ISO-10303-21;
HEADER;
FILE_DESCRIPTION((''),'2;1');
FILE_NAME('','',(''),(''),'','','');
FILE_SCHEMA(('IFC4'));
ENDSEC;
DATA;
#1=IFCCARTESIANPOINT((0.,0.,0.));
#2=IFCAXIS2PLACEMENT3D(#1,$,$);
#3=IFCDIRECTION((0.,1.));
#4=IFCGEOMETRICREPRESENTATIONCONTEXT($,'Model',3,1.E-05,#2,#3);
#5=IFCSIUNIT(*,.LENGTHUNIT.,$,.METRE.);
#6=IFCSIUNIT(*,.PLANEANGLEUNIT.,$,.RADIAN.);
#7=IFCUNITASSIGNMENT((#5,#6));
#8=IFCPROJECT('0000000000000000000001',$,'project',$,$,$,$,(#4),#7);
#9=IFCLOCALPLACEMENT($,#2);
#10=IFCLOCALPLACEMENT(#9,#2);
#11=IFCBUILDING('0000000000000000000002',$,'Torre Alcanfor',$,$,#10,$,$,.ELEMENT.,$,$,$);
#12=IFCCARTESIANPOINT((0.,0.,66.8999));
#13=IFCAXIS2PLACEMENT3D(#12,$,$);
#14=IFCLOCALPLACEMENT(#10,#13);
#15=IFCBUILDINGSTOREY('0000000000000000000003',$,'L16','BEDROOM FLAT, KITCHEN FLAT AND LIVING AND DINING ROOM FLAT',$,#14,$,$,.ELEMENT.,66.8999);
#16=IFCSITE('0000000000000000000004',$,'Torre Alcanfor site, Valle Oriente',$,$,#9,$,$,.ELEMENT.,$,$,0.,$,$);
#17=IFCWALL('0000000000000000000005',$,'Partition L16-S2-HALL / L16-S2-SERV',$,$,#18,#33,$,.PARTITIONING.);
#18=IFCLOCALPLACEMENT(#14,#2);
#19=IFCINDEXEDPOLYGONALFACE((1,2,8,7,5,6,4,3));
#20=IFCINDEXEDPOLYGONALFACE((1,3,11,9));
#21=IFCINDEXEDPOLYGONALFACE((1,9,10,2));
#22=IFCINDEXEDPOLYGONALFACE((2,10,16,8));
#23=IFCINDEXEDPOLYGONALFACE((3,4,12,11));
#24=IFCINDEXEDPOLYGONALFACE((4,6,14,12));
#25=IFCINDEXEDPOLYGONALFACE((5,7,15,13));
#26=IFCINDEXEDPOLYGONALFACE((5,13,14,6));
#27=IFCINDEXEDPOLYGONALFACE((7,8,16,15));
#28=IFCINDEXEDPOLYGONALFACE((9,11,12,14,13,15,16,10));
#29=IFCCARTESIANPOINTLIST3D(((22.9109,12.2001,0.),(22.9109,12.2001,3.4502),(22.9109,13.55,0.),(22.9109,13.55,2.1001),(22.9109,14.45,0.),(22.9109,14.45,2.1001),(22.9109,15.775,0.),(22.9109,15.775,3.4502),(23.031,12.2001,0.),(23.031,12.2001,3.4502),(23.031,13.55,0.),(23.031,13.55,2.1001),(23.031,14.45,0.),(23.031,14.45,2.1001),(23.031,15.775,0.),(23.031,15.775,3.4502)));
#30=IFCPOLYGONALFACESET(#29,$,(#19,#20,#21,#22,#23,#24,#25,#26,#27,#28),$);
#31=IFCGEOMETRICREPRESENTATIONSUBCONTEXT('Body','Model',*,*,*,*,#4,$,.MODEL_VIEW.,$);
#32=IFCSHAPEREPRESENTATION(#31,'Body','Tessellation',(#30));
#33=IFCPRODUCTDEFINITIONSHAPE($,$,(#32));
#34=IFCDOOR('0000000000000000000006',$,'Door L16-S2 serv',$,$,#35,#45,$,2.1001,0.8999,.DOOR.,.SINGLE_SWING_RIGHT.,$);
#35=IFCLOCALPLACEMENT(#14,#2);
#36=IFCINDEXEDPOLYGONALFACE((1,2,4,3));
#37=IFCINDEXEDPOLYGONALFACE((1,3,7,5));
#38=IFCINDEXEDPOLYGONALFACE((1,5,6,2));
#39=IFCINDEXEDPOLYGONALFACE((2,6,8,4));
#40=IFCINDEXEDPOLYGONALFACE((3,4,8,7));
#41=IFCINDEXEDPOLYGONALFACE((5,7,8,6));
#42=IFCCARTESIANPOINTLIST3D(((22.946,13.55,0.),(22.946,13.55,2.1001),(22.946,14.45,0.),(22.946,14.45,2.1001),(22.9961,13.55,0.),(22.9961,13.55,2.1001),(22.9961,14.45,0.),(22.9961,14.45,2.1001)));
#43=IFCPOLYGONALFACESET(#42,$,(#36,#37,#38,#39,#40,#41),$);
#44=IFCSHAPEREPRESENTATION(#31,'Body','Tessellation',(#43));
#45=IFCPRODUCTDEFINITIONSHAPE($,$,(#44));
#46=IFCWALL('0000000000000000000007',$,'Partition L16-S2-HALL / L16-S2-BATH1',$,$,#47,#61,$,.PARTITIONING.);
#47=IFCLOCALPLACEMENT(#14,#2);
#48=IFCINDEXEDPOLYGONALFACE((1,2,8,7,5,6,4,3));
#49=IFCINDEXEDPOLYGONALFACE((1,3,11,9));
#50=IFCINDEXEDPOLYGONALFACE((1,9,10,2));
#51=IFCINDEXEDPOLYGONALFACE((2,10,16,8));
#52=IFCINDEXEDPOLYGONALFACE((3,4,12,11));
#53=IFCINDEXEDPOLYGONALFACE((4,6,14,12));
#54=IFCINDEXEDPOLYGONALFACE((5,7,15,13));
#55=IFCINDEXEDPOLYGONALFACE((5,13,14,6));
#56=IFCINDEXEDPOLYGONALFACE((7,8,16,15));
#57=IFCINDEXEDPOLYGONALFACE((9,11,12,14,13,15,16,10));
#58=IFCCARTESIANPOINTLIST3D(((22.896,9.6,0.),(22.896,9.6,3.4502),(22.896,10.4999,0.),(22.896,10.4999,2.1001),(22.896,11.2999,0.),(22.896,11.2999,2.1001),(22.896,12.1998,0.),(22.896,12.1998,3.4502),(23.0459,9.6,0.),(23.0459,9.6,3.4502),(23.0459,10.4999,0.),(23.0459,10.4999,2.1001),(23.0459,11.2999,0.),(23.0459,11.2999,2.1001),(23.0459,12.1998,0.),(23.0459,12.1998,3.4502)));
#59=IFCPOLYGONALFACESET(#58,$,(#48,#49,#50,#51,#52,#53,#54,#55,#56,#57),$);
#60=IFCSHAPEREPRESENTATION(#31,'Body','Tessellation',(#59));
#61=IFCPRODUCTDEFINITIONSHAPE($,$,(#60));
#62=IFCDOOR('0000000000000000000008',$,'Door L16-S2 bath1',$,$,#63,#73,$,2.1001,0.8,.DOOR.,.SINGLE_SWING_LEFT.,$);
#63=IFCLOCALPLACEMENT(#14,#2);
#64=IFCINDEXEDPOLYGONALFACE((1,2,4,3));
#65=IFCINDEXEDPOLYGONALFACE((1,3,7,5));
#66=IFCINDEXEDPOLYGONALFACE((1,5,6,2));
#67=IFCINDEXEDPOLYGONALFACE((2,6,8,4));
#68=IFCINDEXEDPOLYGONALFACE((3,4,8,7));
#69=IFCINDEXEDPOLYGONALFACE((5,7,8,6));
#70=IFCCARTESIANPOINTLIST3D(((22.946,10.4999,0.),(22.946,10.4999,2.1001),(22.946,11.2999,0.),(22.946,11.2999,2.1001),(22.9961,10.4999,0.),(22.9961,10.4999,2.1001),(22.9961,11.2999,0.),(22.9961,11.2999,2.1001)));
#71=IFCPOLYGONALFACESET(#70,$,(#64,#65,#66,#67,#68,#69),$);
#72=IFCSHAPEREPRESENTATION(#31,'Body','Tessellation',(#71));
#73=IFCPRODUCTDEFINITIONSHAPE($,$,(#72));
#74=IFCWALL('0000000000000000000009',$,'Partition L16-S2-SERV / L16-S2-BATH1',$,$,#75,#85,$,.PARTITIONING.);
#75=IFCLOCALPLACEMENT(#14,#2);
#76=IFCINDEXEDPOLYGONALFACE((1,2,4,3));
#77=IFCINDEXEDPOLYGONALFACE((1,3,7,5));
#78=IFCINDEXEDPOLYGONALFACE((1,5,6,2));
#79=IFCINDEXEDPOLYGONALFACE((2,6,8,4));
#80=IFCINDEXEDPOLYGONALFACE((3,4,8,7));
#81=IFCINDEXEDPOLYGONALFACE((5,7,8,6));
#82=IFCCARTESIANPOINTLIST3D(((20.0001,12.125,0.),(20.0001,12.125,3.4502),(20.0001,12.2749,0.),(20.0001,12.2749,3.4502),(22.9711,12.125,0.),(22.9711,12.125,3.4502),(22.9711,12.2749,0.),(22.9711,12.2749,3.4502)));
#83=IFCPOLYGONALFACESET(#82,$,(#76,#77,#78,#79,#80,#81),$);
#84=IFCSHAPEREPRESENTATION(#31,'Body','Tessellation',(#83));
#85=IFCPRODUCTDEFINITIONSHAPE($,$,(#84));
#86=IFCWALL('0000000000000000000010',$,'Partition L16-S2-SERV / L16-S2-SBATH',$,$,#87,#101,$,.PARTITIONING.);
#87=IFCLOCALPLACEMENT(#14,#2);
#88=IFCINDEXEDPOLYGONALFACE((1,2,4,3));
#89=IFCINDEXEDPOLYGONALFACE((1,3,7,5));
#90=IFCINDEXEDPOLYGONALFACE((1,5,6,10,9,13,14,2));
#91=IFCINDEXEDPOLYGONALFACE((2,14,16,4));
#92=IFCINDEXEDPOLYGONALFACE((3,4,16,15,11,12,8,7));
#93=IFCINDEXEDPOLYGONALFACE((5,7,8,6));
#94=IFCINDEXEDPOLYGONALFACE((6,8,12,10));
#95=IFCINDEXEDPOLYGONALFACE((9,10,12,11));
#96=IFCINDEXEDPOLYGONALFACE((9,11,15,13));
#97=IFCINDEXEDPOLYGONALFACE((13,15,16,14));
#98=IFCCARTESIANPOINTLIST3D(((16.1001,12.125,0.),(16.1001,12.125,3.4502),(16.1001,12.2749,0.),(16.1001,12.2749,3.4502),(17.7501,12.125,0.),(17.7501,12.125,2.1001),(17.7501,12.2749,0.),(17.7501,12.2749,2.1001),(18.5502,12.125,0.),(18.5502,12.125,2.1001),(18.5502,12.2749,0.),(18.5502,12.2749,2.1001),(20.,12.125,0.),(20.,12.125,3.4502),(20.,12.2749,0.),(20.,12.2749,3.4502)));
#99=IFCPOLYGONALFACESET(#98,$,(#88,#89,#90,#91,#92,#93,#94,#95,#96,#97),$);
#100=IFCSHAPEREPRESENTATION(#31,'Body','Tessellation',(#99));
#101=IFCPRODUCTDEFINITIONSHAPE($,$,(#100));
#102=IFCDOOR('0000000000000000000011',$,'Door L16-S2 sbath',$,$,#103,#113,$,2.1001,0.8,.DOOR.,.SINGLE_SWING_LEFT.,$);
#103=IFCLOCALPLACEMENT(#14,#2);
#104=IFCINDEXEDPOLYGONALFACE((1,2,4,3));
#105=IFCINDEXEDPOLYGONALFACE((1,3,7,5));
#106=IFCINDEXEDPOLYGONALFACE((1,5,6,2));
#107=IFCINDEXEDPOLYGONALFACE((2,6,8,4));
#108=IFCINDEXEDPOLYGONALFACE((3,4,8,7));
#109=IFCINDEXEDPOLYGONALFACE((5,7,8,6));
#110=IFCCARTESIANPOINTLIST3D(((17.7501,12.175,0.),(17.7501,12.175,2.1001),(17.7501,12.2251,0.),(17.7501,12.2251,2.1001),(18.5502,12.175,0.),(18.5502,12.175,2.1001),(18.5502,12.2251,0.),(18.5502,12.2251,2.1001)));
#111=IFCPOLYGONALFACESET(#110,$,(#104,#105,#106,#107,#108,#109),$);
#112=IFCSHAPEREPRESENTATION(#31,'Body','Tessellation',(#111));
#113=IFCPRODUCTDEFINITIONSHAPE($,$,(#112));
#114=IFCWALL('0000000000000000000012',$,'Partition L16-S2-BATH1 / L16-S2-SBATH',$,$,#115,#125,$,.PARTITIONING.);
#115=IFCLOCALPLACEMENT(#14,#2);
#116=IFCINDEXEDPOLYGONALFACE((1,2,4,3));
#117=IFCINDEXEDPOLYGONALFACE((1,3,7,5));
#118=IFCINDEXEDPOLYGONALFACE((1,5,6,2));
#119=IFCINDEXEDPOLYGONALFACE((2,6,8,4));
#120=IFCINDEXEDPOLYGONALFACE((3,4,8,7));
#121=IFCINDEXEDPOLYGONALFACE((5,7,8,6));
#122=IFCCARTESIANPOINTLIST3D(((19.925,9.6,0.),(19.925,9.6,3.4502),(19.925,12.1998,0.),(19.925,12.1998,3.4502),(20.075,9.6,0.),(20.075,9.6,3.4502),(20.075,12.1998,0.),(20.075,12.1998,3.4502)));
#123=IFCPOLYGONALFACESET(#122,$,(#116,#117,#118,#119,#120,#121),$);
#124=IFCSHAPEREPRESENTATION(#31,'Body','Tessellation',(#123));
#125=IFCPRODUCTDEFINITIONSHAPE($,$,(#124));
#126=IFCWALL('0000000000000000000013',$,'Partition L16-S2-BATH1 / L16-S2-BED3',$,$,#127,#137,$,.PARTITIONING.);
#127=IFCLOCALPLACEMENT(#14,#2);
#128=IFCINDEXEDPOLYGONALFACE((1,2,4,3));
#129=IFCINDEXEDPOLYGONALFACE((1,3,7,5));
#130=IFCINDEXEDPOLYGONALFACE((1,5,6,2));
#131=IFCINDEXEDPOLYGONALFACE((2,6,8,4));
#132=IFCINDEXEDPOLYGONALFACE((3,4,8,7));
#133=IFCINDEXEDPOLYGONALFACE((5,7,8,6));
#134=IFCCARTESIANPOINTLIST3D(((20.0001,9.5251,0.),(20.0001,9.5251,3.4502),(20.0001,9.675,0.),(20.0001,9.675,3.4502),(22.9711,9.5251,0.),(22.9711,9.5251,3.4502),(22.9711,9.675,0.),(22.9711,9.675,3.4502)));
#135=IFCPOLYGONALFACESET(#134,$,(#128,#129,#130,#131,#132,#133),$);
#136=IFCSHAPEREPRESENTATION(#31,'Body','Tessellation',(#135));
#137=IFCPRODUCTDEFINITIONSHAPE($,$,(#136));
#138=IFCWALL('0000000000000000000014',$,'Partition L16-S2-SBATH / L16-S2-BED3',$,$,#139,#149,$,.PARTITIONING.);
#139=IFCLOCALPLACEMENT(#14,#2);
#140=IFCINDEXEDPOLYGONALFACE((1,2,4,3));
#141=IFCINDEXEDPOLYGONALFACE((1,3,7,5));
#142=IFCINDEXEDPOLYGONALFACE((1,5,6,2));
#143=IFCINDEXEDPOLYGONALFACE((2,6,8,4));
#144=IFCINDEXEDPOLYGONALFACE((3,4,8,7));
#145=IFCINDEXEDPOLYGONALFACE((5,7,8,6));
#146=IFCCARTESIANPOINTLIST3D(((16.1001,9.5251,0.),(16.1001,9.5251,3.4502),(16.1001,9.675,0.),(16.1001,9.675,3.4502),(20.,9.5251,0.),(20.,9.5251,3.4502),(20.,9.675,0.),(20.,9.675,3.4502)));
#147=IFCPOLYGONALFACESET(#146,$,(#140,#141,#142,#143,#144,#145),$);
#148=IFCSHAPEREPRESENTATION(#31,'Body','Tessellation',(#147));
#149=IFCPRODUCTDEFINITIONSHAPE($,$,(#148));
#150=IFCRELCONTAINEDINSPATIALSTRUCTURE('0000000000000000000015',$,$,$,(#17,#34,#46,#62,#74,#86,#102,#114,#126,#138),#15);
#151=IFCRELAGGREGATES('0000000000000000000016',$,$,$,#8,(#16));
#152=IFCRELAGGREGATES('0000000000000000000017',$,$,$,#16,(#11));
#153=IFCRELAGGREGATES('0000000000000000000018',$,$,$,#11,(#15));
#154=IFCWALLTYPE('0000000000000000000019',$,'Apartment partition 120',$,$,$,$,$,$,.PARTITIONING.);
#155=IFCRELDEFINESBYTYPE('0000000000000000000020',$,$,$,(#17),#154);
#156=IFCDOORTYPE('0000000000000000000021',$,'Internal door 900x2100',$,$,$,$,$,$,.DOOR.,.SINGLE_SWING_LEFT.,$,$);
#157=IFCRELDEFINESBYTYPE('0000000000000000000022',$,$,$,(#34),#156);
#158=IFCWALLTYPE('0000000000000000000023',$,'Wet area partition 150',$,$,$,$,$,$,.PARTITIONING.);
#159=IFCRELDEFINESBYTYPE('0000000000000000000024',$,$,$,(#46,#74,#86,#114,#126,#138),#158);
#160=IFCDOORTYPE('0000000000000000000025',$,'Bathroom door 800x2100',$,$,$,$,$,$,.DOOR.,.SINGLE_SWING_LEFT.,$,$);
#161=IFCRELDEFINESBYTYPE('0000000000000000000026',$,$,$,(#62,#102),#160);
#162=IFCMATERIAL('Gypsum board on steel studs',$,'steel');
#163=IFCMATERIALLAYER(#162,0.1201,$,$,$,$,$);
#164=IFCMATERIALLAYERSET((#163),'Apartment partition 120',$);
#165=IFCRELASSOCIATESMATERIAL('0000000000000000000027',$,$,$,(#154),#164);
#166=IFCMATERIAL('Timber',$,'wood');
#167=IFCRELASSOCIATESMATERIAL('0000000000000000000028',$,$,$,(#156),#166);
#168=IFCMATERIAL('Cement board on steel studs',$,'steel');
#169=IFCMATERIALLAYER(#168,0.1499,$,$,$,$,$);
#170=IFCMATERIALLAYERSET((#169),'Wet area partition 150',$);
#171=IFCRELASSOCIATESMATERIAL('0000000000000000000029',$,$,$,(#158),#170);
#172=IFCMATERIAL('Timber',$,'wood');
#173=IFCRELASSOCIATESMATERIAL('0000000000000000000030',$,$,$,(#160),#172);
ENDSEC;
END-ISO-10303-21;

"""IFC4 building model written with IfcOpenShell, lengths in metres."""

from ifc_helpers import new_model, si_unit, direction, frame, frame_2d, origin, place, context, subcontext, project, spatial, rectangle, extrude, material, layer, layer_set, type_object, element, fill, save


model = new_model("IFC4")

# Units and contexts
model_context = context("Model", 3, precision=1e-05, world=origin(), true_north=direction((0.0, 1.0)))
body_context = subcontext(model_context, "Body", "Model", "MODEL_VIEW")
ifc_project = project(units=[si_unit("LENGTHUNIT", "METRE"), si_unit("PLANEANGLEUNIT", "RADIAN")], contexts=[model_context])

# Site, building, storey
site_placement = place(None, origin())
site = spatial("IfcSite", under=ifc_project, at=site_placement, Name="Torre Alcanfor site, Valle Oriente", CompositionType="ELEMENT", RefElevation=0.0)
building_placement = place(site_placement, origin())
building = spatial("IfcBuilding", under=site, at=building_placement, Name="Torre Alcanfor", CompositionType="ELEMENT")
storey_placement = place(building_placement, frame((0.0, 0.0, 66.8999)))
storey = spatial("IfcBuildingStorey", under=building, at=storey_placement, Name="L16", Description="BEDROOM FLAT, KITCHEN FLAT AND LIVING AND DINING ROOM FLAT", CompositionType="ELEMENT", Elevation=66.8999)

# Walls, openings, doors
ifc_material_1 = material(Name="Gypsum board on steel studs", Category="steel")
ifc_layer_1 = layer(ifc_material_1, 0.1201)
ifc_layer_set_1 = layer_set([ifc_layer_1], Name="Apartment partition 120")
wall_type_1 = type_object("IfcWallType", Name="Apartment partition 120", PredefinedType="PARTITIONING", material=ifc_layer_set_1)
ifc_material_2 = material(Name="Timber", Category="wood")
door_type_1 = type_object("IfcDoorType", Name="Internal door 900x2100", OperationType="SINGLE_SWING_LEFT", PredefinedType="DOOR", material=ifc_material_2)
wall_1_placement = place(storey_placement, frame((22.9709, 12.2, 0.0), z_axis=(0.0, 0.0, 1.0), x_axis=(0.0, 1.0, 0.0)))
wall_1 = element("IfcWall", 1, at=wall_1_placement, inside=storey, type_object=wall_type_1, Name="Partition L16-S2-HALL / L16-S2-SERV", PredefinedType="PARTITIONING", context=body_context, shape_type="SweptSolid", body=[
    extrude(rectangle(XDim=3.575, YDim=0.1201, at=frame_2d((1.7876, 0.0))), origin(), (0.0, 0.0, 1.0), 3.4502),
])
opening_1_placement = place(wall_1_placement, frame((1.3501, 0.0, 0.0)))
opening_1 = element("IfcOpeningElement", 2, at=opening_1_placement, cuts=wall_1, PredefinedType="OPENING", context=body_context, shape_type="SweptSolid", body=[
    extrude(rectangle(XDim=0.8999, YDim=2.1001, at=frame_2d((0.45, 1.05))), frame((0.0, 0.0701, 0.0), z_axis=(0.0, -1.0, 0.0), x_axis=(1.0, 0.0, 0.0)), (0.0, 0.0, 1.0), 0.1401),
])
door_1_placement = place(opening_1_placement, origin())
door_1 = element("IfcDoor", 3, at=door_1_placement, inside=storey, type_object=door_type_1, Name="Door L16-S2 serv", OperationType="SINGLE_SWING_RIGHT", OverallHeight=2.1001, OverallWidth=0.8999, PredefinedType="DOOR", context=body_context, shape_type="SweptSolid", body=[
    extrude(rectangle(XDim=0.8999, YDim=2.1001, at=frame_2d((0.45, 1.05))), frame((0.0, 0.0249, 0.0), z_axis=(0.0, -1.0, 0.0), x_axis=(1.0, 0.0, 0.0)), (0.0, 0.0, 1.0), 0.05),
])
fill(opening_1, door_1)
ifc_material_3 = material(Name="Cement board on steel studs", Category="steel")
ifc_layer_2 = layer(ifc_material_3, 0.1499)
ifc_layer_set_2 = layer_set([ifc_layer_2], Name="Wet area partition 150")
wall_type_2 = type_object("IfcWallType", Name="Wet area partition 150", PredefinedType="PARTITIONING", material=ifc_layer_set_2)
wall_2_placement = place(storey_placement, frame((22.9709, 9.6001, 0.0), z_axis=(0.0, 0.0, 1.0), x_axis=(0.0, 1.0, 0.0)))
wall_2 = element("IfcWall", 4, at=wall_2_placement, inside=storey, type_object=wall_type_2, Name="Partition L16-S2-HALL / L16-S2-BATH1", PredefinedType="PARTITIONING", context=body_context, shape_type="SweptSolid", body=[
    extrude(rectangle(XDim=2.5999, YDim=0.1499, at=frame_2d((1.2998, 0.0))), origin(), (0.0, 0.0, 1.0), 3.4502),
])
opening_2_placement = place(wall_2_placement, frame((0.8999, 0.0, 0.0)))
opening_2 = element("IfcOpeningElement", 5, at=opening_2_placement, cuts=wall_2, PredefinedType="OPENING", context=body_context, shape_type="SweptSolid", body=[
    extrude(rectangle(XDim=0.8, YDim=2.1001, at=frame_2d((0.3999, 1.05))), frame((0.0, 0.085, 0.0), z_axis=(0.0, -1.0, 0.0), x_axis=(1.0, 0.0, 0.0)), (0.0, 0.0, 1.0), 0.1699),
])
ifc_material_4 = material(Name="Timber", Category="wood")
door_type_2 = type_object("IfcDoorType", Name="Bathroom door 800x2100", OperationType="SINGLE_SWING_LEFT", PredefinedType="DOOR", material=ifc_material_4)
door_2_placement = place(opening_2_placement, origin())
door_2 = element("IfcDoor", 6, at=door_2_placement, inside=storey, type_object=door_type_2, Name="Door L16-S2 bath1", OperationType="SINGLE_SWING_LEFT", OverallHeight=2.1001, OverallWidth=0.8, PredefinedType="DOOR", context=body_context, shape_type="SweptSolid", body=[
    extrude(rectangle(XDim=0.8, YDim=2.1001, at=frame_2d((0.3999, 1.05))), frame((0.0, 0.0249, 0.0), z_axis=(0.0, -1.0, 0.0), x_axis=(1.0, 0.0, 0.0)), (0.0, 0.0, 1.0), 0.05),
])
fill(opening_2, door_2)

# Wall
wall_3_placement = place(storey_placement, frame((22.9709, 12.2, 0.0), z_axis=(0.0, 0.0, 1.0), x_axis=(-1.0, 0.0, 0.0)))
element("IfcWall", 7, at=wall_3_placement, inside=storey, type_object=wall_type_2, Name="Partition L16-S2-SERV / L16-S2-BATH1", PredefinedType="PARTITIONING", context=body_context, shape_type="SweptSolid", body=[
    extrude(rectangle(XDim=2.9709, YDim=0.1499, at=frame_2d((1.4854, 0.0))), origin(), (0.0, 0.0, 1.0), 3.4502),
])

# Wall, opening, door
wall_4_placement = place(storey_placement, frame((20.0, 12.2, 0.0), z_axis=(0.0, 0.0, 1.0), x_axis=(-1.0, 0.0, 0.0)))
wall_4 = element("IfcWall", 8, at=wall_4_placement, inside=storey, type_object=wall_type_2, Name="Partition L16-S2-SERV / L16-S2-SBATH", PredefinedType="PARTITIONING", context=body_context, shape_type="SweptSolid", body=[
    extrude(rectangle(XDim=3.8999, YDim=0.1499, at=frame_2d((1.95, 0.0))), origin(), (0.0, 0.0, 1.0), 3.4502),
])
opening_3_placement = place(wall_4_placement, frame((1.45, 0.0, 0.0)))
opening_3 = element("IfcOpeningElement", 9, at=opening_3_placement, cuts=wall_4, PredefinedType="OPENING", context=body_context, shape_type="SweptSolid", body=[
    extrude(rectangle(XDim=0.8, YDim=2.1001, at=frame_2d((0.3999, 1.05))), frame((0.0, 0.085, 0.0), z_axis=(0.0, -1.0, 0.0), x_axis=(1.0, 0.0, 0.0)), (0.0, 0.0, 1.0), 0.1699),
])
door_3_placement = place(opening_3_placement, origin())
door_3 = element("IfcDoor", 10, at=door_3_placement, inside=storey, type_object=door_type_2, Name="Door L16-S2 sbath", OperationType="SINGLE_SWING_LEFT", OverallHeight=2.1001, OverallWidth=0.8, PredefinedType="DOOR", context=body_context, shape_type="SweptSolid", body=[
    extrude(rectangle(XDim=0.8, YDim=2.1001, at=frame_2d((0.3999, 1.05))), frame((0.0, 0.0249, 0.0), z_axis=(0.0, -1.0, 0.0), x_axis=(1.0, 0.0, 0.0)), (0.0, 0.0, 1.0), 0.05),
])
fill(opening_3, door_3)

# Walls
wall_5_placement = place(storey_placement, frame((20.0, 9.6001, 0.0), z_axis=(0.0, 0.0, 1.0), x_axis=(0.0, 1.0, 0.0)))
element("IfcWall", 11, at=wall_5_placement, inside=storey, type_object=wall_type_2, Name="Partition L16-S2-BATH1 / L16-S2-SBATH", PredefinedType="PARTITIONING", context=body_context, shape_type="SweptSolid", body=[
    extrude(rectangle(XDim=2.5999, YDim=0.1499, at=frame_2d((1.2998, 0.0))), origin(), (0.0, 0.0, 1.0), 3.4502),
])
wall_6_placement = place(storey_placement, frame((22.9709, 9.6001, 0.0), z_axis=(0.0, 0.0, 1.0), x_axis=(-1.0, 0.0, 0.0)))
element("IfcWall", 12, at=wall_6_placement, inside=storey, type_object=wall_type_2, Name="Partition L16-S2-BATH1 / L16-S2-BED3", PredefinedType="PARTITIONING", context=body_context, shape_type="SweptSolid", body=[
    extrude(rectangle(XDim=2.9709, YDim=0.1499, at=frame_2d((1.4854, 0.0))), origin(), (0.0, 0.0, 1.0), 3.4502),
])
wall_7_placement = place(storey_placement, frame((20.0, 9.6001, 0.0), z_axis=(0.0, 0.0, 1.0), x_axis=(-1.0, 0.0, 0.0)))
element("IfcWall", 13, at=wall_7_placement, inside=storey, type_object=wall_type_2, Name="Partition L16-S2-SBATH / L16-S2-BED3", PredefinedType="PARTITIONING", context=body_context, shape_type="SweptSolid", body=[
    extrude(rectangle(XDim=3.8999, YDim=0.1499, at=frame_2d((1.95, 0.0))), origin(), (0.0, 0.0, 1.0), 3.4502),
])

save(model, "model.ifc")
